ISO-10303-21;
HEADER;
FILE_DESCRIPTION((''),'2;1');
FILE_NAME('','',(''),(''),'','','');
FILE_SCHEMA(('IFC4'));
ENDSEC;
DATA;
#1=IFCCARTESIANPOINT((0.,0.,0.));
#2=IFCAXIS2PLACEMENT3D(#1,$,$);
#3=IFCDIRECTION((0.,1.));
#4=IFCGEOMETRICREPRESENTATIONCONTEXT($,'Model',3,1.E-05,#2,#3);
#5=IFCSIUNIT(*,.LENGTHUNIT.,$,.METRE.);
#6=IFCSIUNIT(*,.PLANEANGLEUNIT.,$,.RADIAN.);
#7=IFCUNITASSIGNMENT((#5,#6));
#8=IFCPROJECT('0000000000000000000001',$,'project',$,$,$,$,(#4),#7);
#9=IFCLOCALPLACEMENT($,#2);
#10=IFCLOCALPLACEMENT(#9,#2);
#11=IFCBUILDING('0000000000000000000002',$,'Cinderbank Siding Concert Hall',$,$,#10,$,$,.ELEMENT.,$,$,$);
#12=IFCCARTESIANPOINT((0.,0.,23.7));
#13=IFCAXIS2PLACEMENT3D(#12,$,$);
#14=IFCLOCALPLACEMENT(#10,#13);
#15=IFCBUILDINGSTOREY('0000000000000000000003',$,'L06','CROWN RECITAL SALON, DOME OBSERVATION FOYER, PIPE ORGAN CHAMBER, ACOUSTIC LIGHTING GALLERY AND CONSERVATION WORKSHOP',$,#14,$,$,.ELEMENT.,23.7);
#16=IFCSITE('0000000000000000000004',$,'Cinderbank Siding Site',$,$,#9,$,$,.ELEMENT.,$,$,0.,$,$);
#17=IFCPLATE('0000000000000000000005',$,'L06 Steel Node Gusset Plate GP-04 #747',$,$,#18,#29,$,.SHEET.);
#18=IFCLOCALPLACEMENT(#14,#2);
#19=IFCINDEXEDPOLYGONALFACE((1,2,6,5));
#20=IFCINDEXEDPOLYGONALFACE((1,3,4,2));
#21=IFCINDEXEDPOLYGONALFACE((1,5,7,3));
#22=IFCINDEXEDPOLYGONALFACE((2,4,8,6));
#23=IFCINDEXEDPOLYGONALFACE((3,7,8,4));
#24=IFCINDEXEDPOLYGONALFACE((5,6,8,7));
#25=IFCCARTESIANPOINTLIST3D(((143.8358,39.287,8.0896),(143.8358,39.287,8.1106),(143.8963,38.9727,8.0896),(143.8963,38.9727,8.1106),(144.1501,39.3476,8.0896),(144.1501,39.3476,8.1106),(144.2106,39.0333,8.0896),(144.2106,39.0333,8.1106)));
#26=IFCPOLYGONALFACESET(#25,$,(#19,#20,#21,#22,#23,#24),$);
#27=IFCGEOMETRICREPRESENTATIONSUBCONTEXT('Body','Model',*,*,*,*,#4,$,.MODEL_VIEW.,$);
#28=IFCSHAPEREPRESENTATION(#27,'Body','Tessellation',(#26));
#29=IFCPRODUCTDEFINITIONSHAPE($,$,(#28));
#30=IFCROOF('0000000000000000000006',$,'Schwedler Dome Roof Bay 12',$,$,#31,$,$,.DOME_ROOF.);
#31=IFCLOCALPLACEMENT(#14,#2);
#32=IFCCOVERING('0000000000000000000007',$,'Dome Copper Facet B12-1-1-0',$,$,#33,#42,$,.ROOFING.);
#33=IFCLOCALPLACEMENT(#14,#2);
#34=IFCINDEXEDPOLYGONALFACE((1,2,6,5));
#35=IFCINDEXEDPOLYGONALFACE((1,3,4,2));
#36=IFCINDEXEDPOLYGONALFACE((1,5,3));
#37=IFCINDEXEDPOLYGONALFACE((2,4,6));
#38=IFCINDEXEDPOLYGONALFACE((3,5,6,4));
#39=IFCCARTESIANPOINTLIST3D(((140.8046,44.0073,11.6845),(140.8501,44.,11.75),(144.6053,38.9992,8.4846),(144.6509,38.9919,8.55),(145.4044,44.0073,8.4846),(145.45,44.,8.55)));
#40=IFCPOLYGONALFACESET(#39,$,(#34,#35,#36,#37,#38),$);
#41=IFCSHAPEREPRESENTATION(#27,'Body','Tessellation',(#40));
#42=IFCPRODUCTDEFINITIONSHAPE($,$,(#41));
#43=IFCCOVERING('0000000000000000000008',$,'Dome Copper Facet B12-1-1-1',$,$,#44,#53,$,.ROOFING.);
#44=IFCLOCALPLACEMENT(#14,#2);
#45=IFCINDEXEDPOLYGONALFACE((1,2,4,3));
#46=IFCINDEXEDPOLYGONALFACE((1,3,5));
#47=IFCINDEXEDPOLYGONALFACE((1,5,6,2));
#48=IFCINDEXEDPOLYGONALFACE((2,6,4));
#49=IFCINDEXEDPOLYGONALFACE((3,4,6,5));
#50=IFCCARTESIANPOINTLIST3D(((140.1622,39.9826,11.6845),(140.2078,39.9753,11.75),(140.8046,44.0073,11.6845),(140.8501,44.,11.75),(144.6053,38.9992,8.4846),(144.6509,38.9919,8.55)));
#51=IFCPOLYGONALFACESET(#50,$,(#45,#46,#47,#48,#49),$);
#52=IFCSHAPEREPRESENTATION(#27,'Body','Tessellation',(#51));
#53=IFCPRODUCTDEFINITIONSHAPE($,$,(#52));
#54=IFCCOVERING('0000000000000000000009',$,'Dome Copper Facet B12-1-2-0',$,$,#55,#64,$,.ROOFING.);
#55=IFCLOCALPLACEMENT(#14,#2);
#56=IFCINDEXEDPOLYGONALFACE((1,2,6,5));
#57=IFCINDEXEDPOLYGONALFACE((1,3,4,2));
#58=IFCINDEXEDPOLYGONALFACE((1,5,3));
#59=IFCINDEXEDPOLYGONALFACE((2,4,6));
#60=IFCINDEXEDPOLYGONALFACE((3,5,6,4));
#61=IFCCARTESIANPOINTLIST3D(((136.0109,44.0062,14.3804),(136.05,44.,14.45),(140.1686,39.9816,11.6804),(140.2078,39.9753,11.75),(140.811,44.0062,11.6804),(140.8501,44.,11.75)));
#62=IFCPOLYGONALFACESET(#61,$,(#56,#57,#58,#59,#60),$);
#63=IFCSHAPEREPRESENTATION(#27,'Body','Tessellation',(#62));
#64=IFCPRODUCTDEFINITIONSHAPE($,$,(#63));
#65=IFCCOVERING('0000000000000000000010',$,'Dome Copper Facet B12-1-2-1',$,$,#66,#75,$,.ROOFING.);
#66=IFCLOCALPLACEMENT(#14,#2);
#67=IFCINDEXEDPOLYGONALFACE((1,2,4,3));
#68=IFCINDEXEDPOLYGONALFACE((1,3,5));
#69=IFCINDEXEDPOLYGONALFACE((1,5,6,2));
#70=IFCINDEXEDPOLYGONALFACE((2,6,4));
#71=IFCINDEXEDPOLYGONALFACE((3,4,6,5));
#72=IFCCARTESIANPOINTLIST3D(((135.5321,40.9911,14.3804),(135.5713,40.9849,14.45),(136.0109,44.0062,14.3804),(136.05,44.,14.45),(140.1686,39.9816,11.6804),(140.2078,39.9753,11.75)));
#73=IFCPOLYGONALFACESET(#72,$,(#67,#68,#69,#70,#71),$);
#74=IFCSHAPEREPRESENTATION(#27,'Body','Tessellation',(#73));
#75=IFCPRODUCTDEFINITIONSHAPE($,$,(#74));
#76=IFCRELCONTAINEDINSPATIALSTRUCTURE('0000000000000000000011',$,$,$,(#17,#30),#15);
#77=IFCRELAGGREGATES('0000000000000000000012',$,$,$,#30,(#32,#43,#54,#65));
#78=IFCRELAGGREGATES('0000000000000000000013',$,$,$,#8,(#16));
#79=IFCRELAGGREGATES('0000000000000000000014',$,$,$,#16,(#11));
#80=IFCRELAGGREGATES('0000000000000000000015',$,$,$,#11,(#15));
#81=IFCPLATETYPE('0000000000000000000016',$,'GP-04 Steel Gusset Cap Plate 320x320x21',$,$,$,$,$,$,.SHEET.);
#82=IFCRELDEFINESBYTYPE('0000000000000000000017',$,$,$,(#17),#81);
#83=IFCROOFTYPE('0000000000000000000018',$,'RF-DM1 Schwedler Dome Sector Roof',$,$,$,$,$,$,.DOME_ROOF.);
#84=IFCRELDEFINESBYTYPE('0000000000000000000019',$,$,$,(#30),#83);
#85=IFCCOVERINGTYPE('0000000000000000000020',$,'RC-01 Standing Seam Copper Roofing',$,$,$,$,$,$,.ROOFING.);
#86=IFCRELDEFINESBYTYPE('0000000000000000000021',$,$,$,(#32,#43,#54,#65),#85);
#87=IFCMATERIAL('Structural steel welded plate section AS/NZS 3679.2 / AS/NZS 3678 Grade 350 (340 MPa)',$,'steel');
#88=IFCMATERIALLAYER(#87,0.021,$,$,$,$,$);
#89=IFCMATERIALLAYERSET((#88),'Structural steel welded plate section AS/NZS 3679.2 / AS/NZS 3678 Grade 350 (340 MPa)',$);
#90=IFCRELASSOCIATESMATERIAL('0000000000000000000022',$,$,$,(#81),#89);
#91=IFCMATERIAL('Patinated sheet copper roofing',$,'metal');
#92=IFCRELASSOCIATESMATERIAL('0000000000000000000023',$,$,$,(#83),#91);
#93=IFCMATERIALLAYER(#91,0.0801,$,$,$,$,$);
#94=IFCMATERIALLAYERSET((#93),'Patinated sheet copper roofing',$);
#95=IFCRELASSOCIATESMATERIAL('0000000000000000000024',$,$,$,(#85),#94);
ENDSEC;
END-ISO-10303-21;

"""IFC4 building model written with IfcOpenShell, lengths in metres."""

from ifc_helpers import new_model, si_unit, direction, frame, origin, origin_2d, place, context, subcontext, project, spatial, polyline, rectangle, outline, extrude, material, layer, layer_set, type_object, element, aggregate, save


model = new_model("IFC4")

# Units and contexts
model_context = context("Model", 3, precision=1e-05, world=origin(), true_north=direction((0.0, 1.0)))
body_context = subcontext(model_context, "Body", "Model", "MODEL_VIEW")
ifc_project = project(units=[si_unit("LENGTHUNIT", "METRE"), si_unit("PLANEANGLEUNIT", "RADIAN")], contexts=[model_context])

# Site, building, storey
site_placement = place(None, origin())
site = spatial("IfcSite", under=ifc_project, at=site_placement, Name="Cinderbank Siding Site", CompositionType="ELEMENT", RefElevation=0.0)
building_placement = place(site_placement, origin())
building = spatial("IfcBuilding", under=site, at=building_placement, Name="Cinderbank Siding Concert Hall", CompositionType="ELEMENT")
storey_placement = place(building_placement, frame((0.0, 0.0, 23.7)))
storey = spatial("IfcBuildingStorey", under=building, at=storey_placement, Name="L06", Description="CROWN RECITAL SALON, DOME OBSERVATION FOYER, PIPE ORGAN CHAMBER, ACOUSTIC LIGHTING GALLERY AND CONSERVATION WORKSHOP", CompositionType="ELEMENT", Elevation=23.7)

# Plate
ifc_material_1 = material(Name="Structural steel welded plate section AS/NZS 3679.2 / AS/NZS 3678 Grade 350 (340 MPa)", Category="steel")
ifc_layer_1 = layer(ifc_material_1, 0.021)
ifc_layer_set_1 = layer_set([ifc_layer_1], Name="Structural steel welded plate section AS/NZS 3679.2 / AS/NZS 3678 Grade 350 (340 MPa)")
plate_type_1 = type_object("IfcPlateType", Name="GP-04 Steel Gusset Cap Plate 320x320x21", PredefinedType="SHEET", material=ifc_layer_set_1)
plate_1_placement = place(storey_placement, frame((144.0232, 39.1602, 8.0896), z_axis=(0.0, 0.0, 1.0), x_axis=(-0.189095, 0.981959, 0.0)))
element("IfcPlate", 1, at=plate_1_placement, inside=storey, type_object=plate_type_1, Name="L06 Steel Node Gusset Plate GP-04 #747", PredefinedType="SHEET", context=body_context, shape_type="SweptSolid", body=[
    extrude(rectangle(XDim=0.3201, YDim=0.3201, at=origin_2d()), origin(), (0.0, 0.0, 1.0), 0.021),
])

# Roof, coverings
ifc_material_2 = material(Name="Patinated sheet copper roofing", Category="metal")
roof_type = type_object("IfcRoofType", Name="RF-DM1 Schwedler Dome Sector Roof", PredefinedType="DOME_ROOF", material=ifc_material_2)
roof_placement = place(storey_placement, origin())
roof = element("IfcRoof", 2, at=roof_placement, inside=storey, type_object=roof_type, Name="Schwedler Dome Roof Bay 12", PredefinedType="DOME_ROOF")
ifc_layer_2 = layer(ifc_material_2, 0.0801)
ifc_layer_set_2 = layer_set([ifc_layer_2], Name="Patinated sheet copper roofing")
covering_type = type_object("IfcCoveringType", Name="RC-01 Standing Seam Copper Roofing", PredefinedType="ROOFING", material=ifc_layer_set_2)
covering_1_placement = place(storey_placement, frame((144.6509, 38.9919, 8.55), z_axis=(0.568715, -0.090743, 0.817514), x_axis=(0.157564, 0.987509, 0.0)))
covering_1 = element("IfcCovering", 3, at=covering_1_placement, type_object=covering_type, Name="Dome Copper Facet B12-1-1-0", PredefinedType="ROOFING", context=body_context, shape_type="SweptSolid", body=[
    extrude(outline(polyline([(0.0, 0.0), (5.0714, 0.0), (4.3466, 5.5564), (0.0, 0.0)])), origin(), (0.0, 0.0, -1.0), 0.0801),
])
covering_2_placement = place(storey_placement, frame((144.6509, 38.9919, 8.55), z_axis=(0.568696, -0.090764, 0.817525), x_axis=(-0.538772, 0.709907, 0.453603)))
covering_2 = element("IfcCovering", 4, at=covering_2_placement, type_object=covering_type, Name="Dome Copper Facet B12-1-1-1", PredefinedType="ROOFING", context=body_context, shape_type="SweptSolid", body=[
    extrude(outline(polyline([(0.0, 0.0), (7.0545, 0.0), (4.5435, 3.2101), (0.0, 0.0)])), origin(), (0.0, 0.0, -1.0), 0.0801),
])
covering_3_placement = place(storey_placement, frame((140.2078, 39.9753, 11.75), z_axis=(0.488757, -0.078005, 0.868926), x_axis=(0.157605, 0.987502, 0.0)))
covering_3 = element("IfcCovering", 5, at=covering_3_placement, type_object=covering_type, Name="Dome Copper Facet B12-1-2-0", PredefinedType="ROOFING", context=body_context, shape_type="SweptSolid", body=[
    extrude(outline(polyline([(0.0, 0.0), (4.0756, 0.0), (3.3191, 5.4551), (0.0, 0.0)])), origin(), (0.0, 0.0, -1.0), 0.0801),
])
covering_4_placement = place(storey_placement, frame((140.2078, 39.9753, 11.75), z_axis=(0.489024, -0.07765, 0.868807), x_axis=(-0.651121, 0.630284, 0.422827)))
covering_4 = element("IfcCovering", 6, at=covering_4_placement, type_object=covering_type, Name="Dome Copper Facet B12-1-2-1", PredefinedType="ROOFING", context=body_context, shape_type="SweptSolid", body=[
    extrude(outline(polyline([(0.0, 0.0), (6.3855, 0.0), (4.7968, 2.607), (0.0, 0.0)])), origin(), (0.0, 0.0, -1.0), 0.0801),
])
aggregate(roof, [covering_1, covering_2, covering_3, covering_4])

save(model, "model.ifc")
